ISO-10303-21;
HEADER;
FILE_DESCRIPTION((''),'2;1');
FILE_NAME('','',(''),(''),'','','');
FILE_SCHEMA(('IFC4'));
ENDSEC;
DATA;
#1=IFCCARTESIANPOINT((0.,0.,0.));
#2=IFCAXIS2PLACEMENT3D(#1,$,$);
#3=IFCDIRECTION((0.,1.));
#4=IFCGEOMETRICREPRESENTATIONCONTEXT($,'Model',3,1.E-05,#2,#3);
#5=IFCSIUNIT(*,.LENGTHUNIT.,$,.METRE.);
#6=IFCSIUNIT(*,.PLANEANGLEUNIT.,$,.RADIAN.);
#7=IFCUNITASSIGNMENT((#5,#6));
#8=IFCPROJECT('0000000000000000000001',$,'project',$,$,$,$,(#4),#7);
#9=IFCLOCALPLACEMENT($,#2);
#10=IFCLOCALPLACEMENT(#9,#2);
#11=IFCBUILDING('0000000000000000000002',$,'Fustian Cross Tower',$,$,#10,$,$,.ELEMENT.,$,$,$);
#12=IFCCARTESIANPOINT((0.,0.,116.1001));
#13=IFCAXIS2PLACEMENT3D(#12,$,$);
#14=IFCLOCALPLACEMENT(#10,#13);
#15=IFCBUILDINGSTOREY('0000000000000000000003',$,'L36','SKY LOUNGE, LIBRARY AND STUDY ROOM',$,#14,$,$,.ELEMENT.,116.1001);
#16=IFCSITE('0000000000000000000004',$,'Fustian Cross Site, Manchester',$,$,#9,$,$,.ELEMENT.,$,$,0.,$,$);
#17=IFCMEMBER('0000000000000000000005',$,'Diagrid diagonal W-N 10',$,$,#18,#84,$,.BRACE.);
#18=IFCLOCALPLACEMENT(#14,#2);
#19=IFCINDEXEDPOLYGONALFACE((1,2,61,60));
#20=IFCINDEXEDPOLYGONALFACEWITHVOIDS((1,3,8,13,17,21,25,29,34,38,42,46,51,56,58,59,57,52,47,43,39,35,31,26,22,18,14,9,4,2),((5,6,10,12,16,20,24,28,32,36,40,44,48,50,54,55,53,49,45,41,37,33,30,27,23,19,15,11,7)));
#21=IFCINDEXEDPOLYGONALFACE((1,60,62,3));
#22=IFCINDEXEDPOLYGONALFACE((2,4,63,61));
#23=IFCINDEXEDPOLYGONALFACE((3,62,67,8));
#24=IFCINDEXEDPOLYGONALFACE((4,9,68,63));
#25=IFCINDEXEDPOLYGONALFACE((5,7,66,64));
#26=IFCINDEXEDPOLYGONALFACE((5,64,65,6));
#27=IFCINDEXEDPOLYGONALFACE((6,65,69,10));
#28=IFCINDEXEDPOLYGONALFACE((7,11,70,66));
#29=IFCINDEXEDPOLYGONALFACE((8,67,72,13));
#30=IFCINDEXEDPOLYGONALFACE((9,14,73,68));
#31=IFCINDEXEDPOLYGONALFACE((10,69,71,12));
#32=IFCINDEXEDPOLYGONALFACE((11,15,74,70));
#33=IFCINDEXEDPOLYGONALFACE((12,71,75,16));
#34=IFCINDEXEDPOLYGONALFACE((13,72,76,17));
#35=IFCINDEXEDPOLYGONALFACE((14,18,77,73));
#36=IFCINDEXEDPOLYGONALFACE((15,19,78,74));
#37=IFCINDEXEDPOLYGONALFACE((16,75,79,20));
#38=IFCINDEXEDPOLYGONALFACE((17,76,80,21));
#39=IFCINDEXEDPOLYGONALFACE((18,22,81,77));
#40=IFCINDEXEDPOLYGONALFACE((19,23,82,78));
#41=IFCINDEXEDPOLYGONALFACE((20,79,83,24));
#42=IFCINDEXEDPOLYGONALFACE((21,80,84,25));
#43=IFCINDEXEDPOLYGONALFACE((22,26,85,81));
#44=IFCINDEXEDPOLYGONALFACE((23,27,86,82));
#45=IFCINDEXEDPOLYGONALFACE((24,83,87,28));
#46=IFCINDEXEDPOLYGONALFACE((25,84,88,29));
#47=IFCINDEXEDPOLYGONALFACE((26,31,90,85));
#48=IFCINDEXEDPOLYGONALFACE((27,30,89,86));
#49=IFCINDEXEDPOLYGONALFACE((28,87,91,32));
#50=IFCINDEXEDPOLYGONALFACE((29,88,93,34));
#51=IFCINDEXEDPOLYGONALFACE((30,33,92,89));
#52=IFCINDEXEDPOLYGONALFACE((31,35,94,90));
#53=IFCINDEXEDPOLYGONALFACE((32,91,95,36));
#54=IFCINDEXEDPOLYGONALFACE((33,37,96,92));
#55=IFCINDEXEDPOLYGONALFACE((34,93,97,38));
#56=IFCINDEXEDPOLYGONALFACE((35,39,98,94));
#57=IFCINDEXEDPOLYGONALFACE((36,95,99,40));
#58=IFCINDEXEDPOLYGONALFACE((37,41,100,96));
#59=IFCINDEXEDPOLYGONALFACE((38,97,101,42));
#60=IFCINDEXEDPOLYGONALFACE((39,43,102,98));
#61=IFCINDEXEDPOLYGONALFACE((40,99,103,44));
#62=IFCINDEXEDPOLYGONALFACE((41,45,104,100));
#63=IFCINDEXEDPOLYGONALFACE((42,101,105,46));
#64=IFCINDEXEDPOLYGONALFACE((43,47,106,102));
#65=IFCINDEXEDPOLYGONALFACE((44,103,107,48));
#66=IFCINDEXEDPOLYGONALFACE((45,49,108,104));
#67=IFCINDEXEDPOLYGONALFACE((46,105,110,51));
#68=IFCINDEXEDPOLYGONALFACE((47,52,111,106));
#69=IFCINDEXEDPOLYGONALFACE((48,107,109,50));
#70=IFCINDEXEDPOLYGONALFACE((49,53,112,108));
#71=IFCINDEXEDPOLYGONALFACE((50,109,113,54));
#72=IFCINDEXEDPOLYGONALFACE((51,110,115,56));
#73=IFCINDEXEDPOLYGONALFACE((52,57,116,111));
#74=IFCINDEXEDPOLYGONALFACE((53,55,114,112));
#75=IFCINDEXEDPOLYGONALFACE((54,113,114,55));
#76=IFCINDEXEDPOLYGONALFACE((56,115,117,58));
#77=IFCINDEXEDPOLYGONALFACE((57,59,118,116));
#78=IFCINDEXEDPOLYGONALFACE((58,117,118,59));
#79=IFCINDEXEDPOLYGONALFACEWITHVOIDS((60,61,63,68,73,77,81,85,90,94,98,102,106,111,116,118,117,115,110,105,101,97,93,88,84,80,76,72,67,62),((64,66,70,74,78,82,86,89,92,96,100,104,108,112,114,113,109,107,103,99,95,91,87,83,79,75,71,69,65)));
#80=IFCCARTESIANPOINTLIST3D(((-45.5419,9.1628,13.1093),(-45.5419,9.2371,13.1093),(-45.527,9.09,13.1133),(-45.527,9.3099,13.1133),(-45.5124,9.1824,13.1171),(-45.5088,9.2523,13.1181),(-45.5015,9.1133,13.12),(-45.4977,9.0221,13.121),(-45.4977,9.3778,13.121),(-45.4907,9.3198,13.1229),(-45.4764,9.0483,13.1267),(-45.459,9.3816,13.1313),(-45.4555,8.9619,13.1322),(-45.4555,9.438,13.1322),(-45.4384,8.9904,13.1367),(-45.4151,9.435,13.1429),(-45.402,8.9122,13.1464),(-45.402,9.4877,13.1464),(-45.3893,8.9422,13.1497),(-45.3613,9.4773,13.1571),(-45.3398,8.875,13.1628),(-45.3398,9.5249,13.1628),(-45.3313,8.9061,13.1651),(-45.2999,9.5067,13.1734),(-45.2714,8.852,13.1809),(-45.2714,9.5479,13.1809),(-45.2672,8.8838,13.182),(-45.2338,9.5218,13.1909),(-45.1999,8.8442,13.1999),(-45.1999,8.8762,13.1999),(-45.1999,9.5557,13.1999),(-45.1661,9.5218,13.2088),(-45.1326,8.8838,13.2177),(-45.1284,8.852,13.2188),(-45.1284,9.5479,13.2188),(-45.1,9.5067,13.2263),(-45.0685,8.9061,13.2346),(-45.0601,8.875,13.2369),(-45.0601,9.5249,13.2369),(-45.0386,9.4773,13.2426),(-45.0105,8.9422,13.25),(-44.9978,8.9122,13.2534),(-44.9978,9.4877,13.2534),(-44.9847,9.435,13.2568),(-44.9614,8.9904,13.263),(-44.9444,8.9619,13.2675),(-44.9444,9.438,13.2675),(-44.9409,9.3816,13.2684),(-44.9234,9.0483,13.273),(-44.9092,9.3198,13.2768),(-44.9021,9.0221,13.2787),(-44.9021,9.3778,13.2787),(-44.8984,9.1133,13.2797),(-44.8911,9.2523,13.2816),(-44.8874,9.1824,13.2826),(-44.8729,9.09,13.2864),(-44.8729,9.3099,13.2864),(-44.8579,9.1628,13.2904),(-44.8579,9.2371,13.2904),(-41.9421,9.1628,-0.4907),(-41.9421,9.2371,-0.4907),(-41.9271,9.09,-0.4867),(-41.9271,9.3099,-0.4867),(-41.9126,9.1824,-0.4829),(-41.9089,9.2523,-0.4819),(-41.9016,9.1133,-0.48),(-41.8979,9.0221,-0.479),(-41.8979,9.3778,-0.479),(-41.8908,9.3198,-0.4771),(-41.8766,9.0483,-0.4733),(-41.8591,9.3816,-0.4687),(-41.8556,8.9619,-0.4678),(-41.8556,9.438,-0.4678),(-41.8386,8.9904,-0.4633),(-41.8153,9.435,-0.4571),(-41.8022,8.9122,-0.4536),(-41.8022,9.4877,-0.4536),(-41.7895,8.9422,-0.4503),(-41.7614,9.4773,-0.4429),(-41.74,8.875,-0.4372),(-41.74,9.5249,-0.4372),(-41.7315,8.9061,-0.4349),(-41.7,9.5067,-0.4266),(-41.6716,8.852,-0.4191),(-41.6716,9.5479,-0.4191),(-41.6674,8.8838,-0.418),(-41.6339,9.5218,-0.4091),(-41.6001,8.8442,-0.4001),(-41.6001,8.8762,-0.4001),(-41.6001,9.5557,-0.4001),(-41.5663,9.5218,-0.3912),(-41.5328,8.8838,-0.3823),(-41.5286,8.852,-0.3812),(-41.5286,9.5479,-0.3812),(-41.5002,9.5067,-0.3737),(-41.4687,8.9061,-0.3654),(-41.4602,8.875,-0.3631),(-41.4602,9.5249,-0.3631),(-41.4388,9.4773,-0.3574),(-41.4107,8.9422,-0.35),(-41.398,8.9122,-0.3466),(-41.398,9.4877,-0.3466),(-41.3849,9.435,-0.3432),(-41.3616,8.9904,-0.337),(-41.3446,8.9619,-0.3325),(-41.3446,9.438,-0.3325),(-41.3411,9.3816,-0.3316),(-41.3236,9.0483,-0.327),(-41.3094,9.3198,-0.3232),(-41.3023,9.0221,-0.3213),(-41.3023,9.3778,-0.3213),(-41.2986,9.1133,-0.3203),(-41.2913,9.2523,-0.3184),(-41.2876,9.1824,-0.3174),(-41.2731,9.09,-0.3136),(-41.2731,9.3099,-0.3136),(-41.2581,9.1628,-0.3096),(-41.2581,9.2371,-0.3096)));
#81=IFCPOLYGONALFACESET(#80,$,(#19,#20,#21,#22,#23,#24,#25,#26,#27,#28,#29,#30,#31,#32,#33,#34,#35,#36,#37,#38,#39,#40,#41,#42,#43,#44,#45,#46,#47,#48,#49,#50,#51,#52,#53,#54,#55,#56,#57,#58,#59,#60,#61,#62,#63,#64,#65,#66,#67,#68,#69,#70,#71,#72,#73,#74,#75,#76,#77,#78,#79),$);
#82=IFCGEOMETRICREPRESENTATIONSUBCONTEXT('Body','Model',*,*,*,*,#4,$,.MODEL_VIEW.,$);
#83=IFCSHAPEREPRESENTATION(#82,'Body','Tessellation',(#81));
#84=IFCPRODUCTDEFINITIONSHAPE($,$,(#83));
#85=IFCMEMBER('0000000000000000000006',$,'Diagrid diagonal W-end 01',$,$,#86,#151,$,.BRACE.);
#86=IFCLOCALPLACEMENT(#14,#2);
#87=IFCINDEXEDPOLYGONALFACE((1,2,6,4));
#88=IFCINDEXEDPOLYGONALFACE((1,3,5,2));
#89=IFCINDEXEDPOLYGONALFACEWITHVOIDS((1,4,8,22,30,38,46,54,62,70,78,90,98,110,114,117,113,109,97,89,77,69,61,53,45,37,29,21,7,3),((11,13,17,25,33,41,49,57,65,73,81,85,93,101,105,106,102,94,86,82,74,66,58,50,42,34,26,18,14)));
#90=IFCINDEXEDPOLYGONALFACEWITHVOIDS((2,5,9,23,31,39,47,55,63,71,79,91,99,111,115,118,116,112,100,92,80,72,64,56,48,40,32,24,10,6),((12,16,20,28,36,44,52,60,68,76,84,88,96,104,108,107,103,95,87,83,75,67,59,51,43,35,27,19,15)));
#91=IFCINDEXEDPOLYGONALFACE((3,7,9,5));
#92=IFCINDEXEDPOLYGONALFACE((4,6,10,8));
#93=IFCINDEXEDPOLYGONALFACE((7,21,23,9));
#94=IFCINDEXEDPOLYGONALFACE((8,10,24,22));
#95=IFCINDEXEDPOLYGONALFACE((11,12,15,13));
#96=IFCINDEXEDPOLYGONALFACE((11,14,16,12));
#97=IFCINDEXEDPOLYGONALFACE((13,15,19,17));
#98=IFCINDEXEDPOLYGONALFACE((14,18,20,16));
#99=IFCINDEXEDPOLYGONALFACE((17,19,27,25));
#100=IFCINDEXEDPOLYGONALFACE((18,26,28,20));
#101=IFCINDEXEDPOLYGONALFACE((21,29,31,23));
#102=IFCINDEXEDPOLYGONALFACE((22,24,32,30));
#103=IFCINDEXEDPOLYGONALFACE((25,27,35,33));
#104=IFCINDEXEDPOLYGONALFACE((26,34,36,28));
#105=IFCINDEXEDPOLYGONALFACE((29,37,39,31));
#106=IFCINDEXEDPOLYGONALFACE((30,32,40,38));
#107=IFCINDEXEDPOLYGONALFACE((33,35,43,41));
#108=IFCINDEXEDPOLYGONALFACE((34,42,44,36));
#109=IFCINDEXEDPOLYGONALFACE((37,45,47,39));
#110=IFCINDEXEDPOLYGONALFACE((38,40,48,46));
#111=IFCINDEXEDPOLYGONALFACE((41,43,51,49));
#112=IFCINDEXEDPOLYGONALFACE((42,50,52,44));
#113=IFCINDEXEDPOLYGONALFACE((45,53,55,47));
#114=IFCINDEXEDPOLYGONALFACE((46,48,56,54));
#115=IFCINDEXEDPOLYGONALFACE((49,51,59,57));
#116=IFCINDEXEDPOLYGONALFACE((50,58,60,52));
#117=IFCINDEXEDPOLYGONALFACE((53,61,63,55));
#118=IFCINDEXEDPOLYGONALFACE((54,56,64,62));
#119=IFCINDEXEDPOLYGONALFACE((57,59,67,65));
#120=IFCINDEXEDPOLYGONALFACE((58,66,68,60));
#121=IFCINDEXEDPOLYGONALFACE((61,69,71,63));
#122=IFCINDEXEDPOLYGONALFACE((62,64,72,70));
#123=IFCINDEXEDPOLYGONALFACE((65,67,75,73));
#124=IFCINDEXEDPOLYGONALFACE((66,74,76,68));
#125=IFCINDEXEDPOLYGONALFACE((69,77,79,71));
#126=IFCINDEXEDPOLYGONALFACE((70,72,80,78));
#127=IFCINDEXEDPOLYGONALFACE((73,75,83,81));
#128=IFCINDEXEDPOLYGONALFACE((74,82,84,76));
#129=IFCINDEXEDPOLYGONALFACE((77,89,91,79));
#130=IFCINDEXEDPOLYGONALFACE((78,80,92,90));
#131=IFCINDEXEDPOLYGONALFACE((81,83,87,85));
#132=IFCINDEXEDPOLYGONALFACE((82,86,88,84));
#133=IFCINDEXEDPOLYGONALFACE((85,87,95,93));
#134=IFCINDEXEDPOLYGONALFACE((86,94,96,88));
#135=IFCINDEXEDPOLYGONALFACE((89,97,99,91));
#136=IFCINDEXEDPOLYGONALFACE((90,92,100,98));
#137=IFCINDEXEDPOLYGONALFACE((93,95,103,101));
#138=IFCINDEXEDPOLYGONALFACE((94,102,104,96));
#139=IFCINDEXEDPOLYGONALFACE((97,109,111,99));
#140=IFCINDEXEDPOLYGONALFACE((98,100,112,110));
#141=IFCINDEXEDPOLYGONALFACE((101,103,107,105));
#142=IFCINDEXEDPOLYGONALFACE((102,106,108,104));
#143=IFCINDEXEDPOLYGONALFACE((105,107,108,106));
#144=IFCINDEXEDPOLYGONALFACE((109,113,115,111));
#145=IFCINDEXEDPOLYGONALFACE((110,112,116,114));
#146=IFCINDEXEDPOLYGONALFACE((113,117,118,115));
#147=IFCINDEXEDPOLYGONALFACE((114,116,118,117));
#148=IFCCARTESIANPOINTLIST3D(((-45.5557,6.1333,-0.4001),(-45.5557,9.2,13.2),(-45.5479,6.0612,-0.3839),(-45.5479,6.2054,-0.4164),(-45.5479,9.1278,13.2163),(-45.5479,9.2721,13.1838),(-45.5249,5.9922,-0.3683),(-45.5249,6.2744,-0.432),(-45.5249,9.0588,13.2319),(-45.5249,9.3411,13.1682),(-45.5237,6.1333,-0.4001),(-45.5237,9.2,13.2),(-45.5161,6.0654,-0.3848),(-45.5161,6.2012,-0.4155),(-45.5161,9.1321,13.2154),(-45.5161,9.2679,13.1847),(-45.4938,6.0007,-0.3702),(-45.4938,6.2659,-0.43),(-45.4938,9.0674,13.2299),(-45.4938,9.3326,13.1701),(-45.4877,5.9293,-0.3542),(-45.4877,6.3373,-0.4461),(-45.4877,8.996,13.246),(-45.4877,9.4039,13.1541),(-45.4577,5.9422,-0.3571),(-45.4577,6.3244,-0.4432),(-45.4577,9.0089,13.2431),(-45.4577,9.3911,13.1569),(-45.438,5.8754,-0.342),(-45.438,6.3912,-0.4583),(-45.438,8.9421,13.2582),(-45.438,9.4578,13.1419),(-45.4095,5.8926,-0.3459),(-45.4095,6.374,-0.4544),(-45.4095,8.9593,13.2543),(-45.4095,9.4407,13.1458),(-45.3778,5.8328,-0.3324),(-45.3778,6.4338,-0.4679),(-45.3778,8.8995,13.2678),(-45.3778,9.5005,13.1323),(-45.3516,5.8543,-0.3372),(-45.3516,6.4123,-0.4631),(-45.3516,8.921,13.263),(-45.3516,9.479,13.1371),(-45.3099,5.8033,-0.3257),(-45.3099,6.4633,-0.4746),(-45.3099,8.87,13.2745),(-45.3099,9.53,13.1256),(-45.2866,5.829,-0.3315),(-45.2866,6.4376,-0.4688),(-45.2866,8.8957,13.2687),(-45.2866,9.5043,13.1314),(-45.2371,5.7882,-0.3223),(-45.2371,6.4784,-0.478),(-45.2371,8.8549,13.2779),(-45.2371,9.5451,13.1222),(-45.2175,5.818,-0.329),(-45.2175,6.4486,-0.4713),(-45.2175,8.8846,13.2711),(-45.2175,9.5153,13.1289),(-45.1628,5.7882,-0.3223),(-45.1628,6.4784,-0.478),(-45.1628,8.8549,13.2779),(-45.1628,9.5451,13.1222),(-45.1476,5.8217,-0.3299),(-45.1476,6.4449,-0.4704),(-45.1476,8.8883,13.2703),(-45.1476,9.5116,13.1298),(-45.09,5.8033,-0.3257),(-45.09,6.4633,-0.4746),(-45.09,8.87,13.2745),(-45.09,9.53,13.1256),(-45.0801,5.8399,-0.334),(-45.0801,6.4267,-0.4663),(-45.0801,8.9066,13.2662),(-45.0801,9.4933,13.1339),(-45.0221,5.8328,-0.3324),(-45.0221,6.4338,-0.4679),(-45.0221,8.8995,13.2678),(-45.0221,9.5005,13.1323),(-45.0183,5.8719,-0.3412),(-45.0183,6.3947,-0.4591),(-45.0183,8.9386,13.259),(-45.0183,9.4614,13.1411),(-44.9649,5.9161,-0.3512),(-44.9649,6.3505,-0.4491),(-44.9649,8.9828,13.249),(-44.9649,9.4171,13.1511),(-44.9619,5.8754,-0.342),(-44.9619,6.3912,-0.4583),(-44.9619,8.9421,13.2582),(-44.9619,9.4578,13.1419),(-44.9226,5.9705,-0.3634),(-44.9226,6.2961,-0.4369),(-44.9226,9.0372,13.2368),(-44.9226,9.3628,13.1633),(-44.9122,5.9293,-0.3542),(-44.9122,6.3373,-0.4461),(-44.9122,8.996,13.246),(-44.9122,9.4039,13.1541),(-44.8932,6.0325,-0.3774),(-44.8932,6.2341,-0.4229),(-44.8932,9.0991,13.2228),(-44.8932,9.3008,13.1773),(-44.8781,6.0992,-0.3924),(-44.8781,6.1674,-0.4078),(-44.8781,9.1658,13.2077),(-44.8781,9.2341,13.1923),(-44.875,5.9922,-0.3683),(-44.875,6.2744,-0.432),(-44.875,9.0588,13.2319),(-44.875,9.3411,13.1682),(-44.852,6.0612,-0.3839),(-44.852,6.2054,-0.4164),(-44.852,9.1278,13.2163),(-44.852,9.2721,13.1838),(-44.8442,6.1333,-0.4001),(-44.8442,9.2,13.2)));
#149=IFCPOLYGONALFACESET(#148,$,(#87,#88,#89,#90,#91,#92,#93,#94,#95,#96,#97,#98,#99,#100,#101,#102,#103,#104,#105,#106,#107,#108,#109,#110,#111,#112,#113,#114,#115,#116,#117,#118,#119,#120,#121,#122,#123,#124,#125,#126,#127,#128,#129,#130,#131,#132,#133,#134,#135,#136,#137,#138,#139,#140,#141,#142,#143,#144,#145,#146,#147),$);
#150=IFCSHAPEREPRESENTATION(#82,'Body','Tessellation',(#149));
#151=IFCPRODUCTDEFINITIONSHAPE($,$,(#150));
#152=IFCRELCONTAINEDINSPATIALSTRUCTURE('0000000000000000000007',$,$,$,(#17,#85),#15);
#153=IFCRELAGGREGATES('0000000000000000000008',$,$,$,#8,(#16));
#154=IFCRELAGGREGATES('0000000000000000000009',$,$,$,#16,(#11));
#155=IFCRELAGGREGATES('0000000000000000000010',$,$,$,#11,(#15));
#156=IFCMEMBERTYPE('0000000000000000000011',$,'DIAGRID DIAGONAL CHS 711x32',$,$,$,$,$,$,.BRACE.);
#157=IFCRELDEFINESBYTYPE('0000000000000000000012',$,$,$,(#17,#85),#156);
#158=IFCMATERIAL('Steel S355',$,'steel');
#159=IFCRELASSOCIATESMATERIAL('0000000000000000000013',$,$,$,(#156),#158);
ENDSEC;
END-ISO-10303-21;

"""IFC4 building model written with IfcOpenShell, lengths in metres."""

from ifc_helpers import new_model, si_unit, direction, frame, origin, origin_2d, place, context, subcontext, project, spatial, hollow_circle, extrude, material, material_profile, profile_set, type_object, element, save


model = new_model("IFC4")

# Units and contexts
model_context = context("Model", 3, precision=1e-05, world=origin(), true_north=direction((0.0, 1.0)))
body_context = subcontext(model_context, "Body", "Model", "MODEL_VIEW")
ifc_project = project(units=[si_unit("LENGTHUNIT", "METRE"), si_unit("PLANEANGLEUNIT", "RADIAN")], contexts=[model_context])

# Site, building, storey
site_placement = place(None, origin())
site = spatial("IfcSite", under=ifc_project, at=site_placement, Name="Fustian Cross Site, Manchester", CompositionType="ELEMENT", RefElevation=0.0)
building_placement = place(site_placement, origin())
building = spatial("IfcBuilding", under=site, at=building_placement, Name="Fustian Cross Tower", CompositionType="ELEMENT")
storey_placement = place(building_placement, frame((0.0, 0.0, 116.1001)))
storey = spatial("IfcBuildingStorey", under=building, at=storey_placement, Name="L36", Description="SKY LOUNGE, LIBRARY AND STUDY ROOM", CompositionType="ELEMENT", Elevation=116.1001)

# Members
ifc_material_1 = material(Name="Steel S355", Category="steel")
ifc_material_profile_1 = material_profile(ifc_material_1, hollow_circle(Radius=0.3557, WallThickness=0.032, at=origin_2d()), Name="CHS 711x32")
ifc_profile_set_1 = profile_set([ifc_material_profile_1], Name="Steel S355")
member_type_1 = type_object("IfcMemberType", Name="DIAGRID DIAGONAL CHS 711x32", PredefinedType="BRACE", material=ifc_profile_set_1)
member_1_placement = place(storey_placement, frame((-41.6001, 9.2, -0.4001), z_axis=(-0.255881, 0.0, 0.966708), x_axis=(0.0, -1.0, 0.0)))
element("IfcMember", 1, at=member_1_placement, inside=storey, type_object=member_type_1, Name="Diagrid diagonal W-N 10", PredefinedType="BRACE", context=body_context, shape_type="SweptSolid", body=[
    extrude(hollow_circle(Radius=0.3557, WallThickness=0.032, at=origin_2d()), origin(), (0.0, 0.0, 1.0), 14.0684),
])
for number, where, z_axis, x_axis, name in (
    (2, (-45.2, 6.1333, -0.4001), (0.0, 0.219965, 0.975508), (-1.0, 0.0, 0.0), "Diagrid diagonal W-end 01"),
):
    element("IfcMember", number, at=place(storey_placement, frame(where, z_axis=z_axis, x_axis=x_axis)), inside=storey, type_object=member_type_1, Name=name, PredefinedType="BRACE", context=body_context, shape_type="SweptSolid", body=[
        extrude(hollow_circle(Radius=0.3557, WallThickness=0.032, at=origin_2d()), origin(), (0.0, 0.0, 1.0), 13.9417),
    ])

save(model, "model.ifc")
